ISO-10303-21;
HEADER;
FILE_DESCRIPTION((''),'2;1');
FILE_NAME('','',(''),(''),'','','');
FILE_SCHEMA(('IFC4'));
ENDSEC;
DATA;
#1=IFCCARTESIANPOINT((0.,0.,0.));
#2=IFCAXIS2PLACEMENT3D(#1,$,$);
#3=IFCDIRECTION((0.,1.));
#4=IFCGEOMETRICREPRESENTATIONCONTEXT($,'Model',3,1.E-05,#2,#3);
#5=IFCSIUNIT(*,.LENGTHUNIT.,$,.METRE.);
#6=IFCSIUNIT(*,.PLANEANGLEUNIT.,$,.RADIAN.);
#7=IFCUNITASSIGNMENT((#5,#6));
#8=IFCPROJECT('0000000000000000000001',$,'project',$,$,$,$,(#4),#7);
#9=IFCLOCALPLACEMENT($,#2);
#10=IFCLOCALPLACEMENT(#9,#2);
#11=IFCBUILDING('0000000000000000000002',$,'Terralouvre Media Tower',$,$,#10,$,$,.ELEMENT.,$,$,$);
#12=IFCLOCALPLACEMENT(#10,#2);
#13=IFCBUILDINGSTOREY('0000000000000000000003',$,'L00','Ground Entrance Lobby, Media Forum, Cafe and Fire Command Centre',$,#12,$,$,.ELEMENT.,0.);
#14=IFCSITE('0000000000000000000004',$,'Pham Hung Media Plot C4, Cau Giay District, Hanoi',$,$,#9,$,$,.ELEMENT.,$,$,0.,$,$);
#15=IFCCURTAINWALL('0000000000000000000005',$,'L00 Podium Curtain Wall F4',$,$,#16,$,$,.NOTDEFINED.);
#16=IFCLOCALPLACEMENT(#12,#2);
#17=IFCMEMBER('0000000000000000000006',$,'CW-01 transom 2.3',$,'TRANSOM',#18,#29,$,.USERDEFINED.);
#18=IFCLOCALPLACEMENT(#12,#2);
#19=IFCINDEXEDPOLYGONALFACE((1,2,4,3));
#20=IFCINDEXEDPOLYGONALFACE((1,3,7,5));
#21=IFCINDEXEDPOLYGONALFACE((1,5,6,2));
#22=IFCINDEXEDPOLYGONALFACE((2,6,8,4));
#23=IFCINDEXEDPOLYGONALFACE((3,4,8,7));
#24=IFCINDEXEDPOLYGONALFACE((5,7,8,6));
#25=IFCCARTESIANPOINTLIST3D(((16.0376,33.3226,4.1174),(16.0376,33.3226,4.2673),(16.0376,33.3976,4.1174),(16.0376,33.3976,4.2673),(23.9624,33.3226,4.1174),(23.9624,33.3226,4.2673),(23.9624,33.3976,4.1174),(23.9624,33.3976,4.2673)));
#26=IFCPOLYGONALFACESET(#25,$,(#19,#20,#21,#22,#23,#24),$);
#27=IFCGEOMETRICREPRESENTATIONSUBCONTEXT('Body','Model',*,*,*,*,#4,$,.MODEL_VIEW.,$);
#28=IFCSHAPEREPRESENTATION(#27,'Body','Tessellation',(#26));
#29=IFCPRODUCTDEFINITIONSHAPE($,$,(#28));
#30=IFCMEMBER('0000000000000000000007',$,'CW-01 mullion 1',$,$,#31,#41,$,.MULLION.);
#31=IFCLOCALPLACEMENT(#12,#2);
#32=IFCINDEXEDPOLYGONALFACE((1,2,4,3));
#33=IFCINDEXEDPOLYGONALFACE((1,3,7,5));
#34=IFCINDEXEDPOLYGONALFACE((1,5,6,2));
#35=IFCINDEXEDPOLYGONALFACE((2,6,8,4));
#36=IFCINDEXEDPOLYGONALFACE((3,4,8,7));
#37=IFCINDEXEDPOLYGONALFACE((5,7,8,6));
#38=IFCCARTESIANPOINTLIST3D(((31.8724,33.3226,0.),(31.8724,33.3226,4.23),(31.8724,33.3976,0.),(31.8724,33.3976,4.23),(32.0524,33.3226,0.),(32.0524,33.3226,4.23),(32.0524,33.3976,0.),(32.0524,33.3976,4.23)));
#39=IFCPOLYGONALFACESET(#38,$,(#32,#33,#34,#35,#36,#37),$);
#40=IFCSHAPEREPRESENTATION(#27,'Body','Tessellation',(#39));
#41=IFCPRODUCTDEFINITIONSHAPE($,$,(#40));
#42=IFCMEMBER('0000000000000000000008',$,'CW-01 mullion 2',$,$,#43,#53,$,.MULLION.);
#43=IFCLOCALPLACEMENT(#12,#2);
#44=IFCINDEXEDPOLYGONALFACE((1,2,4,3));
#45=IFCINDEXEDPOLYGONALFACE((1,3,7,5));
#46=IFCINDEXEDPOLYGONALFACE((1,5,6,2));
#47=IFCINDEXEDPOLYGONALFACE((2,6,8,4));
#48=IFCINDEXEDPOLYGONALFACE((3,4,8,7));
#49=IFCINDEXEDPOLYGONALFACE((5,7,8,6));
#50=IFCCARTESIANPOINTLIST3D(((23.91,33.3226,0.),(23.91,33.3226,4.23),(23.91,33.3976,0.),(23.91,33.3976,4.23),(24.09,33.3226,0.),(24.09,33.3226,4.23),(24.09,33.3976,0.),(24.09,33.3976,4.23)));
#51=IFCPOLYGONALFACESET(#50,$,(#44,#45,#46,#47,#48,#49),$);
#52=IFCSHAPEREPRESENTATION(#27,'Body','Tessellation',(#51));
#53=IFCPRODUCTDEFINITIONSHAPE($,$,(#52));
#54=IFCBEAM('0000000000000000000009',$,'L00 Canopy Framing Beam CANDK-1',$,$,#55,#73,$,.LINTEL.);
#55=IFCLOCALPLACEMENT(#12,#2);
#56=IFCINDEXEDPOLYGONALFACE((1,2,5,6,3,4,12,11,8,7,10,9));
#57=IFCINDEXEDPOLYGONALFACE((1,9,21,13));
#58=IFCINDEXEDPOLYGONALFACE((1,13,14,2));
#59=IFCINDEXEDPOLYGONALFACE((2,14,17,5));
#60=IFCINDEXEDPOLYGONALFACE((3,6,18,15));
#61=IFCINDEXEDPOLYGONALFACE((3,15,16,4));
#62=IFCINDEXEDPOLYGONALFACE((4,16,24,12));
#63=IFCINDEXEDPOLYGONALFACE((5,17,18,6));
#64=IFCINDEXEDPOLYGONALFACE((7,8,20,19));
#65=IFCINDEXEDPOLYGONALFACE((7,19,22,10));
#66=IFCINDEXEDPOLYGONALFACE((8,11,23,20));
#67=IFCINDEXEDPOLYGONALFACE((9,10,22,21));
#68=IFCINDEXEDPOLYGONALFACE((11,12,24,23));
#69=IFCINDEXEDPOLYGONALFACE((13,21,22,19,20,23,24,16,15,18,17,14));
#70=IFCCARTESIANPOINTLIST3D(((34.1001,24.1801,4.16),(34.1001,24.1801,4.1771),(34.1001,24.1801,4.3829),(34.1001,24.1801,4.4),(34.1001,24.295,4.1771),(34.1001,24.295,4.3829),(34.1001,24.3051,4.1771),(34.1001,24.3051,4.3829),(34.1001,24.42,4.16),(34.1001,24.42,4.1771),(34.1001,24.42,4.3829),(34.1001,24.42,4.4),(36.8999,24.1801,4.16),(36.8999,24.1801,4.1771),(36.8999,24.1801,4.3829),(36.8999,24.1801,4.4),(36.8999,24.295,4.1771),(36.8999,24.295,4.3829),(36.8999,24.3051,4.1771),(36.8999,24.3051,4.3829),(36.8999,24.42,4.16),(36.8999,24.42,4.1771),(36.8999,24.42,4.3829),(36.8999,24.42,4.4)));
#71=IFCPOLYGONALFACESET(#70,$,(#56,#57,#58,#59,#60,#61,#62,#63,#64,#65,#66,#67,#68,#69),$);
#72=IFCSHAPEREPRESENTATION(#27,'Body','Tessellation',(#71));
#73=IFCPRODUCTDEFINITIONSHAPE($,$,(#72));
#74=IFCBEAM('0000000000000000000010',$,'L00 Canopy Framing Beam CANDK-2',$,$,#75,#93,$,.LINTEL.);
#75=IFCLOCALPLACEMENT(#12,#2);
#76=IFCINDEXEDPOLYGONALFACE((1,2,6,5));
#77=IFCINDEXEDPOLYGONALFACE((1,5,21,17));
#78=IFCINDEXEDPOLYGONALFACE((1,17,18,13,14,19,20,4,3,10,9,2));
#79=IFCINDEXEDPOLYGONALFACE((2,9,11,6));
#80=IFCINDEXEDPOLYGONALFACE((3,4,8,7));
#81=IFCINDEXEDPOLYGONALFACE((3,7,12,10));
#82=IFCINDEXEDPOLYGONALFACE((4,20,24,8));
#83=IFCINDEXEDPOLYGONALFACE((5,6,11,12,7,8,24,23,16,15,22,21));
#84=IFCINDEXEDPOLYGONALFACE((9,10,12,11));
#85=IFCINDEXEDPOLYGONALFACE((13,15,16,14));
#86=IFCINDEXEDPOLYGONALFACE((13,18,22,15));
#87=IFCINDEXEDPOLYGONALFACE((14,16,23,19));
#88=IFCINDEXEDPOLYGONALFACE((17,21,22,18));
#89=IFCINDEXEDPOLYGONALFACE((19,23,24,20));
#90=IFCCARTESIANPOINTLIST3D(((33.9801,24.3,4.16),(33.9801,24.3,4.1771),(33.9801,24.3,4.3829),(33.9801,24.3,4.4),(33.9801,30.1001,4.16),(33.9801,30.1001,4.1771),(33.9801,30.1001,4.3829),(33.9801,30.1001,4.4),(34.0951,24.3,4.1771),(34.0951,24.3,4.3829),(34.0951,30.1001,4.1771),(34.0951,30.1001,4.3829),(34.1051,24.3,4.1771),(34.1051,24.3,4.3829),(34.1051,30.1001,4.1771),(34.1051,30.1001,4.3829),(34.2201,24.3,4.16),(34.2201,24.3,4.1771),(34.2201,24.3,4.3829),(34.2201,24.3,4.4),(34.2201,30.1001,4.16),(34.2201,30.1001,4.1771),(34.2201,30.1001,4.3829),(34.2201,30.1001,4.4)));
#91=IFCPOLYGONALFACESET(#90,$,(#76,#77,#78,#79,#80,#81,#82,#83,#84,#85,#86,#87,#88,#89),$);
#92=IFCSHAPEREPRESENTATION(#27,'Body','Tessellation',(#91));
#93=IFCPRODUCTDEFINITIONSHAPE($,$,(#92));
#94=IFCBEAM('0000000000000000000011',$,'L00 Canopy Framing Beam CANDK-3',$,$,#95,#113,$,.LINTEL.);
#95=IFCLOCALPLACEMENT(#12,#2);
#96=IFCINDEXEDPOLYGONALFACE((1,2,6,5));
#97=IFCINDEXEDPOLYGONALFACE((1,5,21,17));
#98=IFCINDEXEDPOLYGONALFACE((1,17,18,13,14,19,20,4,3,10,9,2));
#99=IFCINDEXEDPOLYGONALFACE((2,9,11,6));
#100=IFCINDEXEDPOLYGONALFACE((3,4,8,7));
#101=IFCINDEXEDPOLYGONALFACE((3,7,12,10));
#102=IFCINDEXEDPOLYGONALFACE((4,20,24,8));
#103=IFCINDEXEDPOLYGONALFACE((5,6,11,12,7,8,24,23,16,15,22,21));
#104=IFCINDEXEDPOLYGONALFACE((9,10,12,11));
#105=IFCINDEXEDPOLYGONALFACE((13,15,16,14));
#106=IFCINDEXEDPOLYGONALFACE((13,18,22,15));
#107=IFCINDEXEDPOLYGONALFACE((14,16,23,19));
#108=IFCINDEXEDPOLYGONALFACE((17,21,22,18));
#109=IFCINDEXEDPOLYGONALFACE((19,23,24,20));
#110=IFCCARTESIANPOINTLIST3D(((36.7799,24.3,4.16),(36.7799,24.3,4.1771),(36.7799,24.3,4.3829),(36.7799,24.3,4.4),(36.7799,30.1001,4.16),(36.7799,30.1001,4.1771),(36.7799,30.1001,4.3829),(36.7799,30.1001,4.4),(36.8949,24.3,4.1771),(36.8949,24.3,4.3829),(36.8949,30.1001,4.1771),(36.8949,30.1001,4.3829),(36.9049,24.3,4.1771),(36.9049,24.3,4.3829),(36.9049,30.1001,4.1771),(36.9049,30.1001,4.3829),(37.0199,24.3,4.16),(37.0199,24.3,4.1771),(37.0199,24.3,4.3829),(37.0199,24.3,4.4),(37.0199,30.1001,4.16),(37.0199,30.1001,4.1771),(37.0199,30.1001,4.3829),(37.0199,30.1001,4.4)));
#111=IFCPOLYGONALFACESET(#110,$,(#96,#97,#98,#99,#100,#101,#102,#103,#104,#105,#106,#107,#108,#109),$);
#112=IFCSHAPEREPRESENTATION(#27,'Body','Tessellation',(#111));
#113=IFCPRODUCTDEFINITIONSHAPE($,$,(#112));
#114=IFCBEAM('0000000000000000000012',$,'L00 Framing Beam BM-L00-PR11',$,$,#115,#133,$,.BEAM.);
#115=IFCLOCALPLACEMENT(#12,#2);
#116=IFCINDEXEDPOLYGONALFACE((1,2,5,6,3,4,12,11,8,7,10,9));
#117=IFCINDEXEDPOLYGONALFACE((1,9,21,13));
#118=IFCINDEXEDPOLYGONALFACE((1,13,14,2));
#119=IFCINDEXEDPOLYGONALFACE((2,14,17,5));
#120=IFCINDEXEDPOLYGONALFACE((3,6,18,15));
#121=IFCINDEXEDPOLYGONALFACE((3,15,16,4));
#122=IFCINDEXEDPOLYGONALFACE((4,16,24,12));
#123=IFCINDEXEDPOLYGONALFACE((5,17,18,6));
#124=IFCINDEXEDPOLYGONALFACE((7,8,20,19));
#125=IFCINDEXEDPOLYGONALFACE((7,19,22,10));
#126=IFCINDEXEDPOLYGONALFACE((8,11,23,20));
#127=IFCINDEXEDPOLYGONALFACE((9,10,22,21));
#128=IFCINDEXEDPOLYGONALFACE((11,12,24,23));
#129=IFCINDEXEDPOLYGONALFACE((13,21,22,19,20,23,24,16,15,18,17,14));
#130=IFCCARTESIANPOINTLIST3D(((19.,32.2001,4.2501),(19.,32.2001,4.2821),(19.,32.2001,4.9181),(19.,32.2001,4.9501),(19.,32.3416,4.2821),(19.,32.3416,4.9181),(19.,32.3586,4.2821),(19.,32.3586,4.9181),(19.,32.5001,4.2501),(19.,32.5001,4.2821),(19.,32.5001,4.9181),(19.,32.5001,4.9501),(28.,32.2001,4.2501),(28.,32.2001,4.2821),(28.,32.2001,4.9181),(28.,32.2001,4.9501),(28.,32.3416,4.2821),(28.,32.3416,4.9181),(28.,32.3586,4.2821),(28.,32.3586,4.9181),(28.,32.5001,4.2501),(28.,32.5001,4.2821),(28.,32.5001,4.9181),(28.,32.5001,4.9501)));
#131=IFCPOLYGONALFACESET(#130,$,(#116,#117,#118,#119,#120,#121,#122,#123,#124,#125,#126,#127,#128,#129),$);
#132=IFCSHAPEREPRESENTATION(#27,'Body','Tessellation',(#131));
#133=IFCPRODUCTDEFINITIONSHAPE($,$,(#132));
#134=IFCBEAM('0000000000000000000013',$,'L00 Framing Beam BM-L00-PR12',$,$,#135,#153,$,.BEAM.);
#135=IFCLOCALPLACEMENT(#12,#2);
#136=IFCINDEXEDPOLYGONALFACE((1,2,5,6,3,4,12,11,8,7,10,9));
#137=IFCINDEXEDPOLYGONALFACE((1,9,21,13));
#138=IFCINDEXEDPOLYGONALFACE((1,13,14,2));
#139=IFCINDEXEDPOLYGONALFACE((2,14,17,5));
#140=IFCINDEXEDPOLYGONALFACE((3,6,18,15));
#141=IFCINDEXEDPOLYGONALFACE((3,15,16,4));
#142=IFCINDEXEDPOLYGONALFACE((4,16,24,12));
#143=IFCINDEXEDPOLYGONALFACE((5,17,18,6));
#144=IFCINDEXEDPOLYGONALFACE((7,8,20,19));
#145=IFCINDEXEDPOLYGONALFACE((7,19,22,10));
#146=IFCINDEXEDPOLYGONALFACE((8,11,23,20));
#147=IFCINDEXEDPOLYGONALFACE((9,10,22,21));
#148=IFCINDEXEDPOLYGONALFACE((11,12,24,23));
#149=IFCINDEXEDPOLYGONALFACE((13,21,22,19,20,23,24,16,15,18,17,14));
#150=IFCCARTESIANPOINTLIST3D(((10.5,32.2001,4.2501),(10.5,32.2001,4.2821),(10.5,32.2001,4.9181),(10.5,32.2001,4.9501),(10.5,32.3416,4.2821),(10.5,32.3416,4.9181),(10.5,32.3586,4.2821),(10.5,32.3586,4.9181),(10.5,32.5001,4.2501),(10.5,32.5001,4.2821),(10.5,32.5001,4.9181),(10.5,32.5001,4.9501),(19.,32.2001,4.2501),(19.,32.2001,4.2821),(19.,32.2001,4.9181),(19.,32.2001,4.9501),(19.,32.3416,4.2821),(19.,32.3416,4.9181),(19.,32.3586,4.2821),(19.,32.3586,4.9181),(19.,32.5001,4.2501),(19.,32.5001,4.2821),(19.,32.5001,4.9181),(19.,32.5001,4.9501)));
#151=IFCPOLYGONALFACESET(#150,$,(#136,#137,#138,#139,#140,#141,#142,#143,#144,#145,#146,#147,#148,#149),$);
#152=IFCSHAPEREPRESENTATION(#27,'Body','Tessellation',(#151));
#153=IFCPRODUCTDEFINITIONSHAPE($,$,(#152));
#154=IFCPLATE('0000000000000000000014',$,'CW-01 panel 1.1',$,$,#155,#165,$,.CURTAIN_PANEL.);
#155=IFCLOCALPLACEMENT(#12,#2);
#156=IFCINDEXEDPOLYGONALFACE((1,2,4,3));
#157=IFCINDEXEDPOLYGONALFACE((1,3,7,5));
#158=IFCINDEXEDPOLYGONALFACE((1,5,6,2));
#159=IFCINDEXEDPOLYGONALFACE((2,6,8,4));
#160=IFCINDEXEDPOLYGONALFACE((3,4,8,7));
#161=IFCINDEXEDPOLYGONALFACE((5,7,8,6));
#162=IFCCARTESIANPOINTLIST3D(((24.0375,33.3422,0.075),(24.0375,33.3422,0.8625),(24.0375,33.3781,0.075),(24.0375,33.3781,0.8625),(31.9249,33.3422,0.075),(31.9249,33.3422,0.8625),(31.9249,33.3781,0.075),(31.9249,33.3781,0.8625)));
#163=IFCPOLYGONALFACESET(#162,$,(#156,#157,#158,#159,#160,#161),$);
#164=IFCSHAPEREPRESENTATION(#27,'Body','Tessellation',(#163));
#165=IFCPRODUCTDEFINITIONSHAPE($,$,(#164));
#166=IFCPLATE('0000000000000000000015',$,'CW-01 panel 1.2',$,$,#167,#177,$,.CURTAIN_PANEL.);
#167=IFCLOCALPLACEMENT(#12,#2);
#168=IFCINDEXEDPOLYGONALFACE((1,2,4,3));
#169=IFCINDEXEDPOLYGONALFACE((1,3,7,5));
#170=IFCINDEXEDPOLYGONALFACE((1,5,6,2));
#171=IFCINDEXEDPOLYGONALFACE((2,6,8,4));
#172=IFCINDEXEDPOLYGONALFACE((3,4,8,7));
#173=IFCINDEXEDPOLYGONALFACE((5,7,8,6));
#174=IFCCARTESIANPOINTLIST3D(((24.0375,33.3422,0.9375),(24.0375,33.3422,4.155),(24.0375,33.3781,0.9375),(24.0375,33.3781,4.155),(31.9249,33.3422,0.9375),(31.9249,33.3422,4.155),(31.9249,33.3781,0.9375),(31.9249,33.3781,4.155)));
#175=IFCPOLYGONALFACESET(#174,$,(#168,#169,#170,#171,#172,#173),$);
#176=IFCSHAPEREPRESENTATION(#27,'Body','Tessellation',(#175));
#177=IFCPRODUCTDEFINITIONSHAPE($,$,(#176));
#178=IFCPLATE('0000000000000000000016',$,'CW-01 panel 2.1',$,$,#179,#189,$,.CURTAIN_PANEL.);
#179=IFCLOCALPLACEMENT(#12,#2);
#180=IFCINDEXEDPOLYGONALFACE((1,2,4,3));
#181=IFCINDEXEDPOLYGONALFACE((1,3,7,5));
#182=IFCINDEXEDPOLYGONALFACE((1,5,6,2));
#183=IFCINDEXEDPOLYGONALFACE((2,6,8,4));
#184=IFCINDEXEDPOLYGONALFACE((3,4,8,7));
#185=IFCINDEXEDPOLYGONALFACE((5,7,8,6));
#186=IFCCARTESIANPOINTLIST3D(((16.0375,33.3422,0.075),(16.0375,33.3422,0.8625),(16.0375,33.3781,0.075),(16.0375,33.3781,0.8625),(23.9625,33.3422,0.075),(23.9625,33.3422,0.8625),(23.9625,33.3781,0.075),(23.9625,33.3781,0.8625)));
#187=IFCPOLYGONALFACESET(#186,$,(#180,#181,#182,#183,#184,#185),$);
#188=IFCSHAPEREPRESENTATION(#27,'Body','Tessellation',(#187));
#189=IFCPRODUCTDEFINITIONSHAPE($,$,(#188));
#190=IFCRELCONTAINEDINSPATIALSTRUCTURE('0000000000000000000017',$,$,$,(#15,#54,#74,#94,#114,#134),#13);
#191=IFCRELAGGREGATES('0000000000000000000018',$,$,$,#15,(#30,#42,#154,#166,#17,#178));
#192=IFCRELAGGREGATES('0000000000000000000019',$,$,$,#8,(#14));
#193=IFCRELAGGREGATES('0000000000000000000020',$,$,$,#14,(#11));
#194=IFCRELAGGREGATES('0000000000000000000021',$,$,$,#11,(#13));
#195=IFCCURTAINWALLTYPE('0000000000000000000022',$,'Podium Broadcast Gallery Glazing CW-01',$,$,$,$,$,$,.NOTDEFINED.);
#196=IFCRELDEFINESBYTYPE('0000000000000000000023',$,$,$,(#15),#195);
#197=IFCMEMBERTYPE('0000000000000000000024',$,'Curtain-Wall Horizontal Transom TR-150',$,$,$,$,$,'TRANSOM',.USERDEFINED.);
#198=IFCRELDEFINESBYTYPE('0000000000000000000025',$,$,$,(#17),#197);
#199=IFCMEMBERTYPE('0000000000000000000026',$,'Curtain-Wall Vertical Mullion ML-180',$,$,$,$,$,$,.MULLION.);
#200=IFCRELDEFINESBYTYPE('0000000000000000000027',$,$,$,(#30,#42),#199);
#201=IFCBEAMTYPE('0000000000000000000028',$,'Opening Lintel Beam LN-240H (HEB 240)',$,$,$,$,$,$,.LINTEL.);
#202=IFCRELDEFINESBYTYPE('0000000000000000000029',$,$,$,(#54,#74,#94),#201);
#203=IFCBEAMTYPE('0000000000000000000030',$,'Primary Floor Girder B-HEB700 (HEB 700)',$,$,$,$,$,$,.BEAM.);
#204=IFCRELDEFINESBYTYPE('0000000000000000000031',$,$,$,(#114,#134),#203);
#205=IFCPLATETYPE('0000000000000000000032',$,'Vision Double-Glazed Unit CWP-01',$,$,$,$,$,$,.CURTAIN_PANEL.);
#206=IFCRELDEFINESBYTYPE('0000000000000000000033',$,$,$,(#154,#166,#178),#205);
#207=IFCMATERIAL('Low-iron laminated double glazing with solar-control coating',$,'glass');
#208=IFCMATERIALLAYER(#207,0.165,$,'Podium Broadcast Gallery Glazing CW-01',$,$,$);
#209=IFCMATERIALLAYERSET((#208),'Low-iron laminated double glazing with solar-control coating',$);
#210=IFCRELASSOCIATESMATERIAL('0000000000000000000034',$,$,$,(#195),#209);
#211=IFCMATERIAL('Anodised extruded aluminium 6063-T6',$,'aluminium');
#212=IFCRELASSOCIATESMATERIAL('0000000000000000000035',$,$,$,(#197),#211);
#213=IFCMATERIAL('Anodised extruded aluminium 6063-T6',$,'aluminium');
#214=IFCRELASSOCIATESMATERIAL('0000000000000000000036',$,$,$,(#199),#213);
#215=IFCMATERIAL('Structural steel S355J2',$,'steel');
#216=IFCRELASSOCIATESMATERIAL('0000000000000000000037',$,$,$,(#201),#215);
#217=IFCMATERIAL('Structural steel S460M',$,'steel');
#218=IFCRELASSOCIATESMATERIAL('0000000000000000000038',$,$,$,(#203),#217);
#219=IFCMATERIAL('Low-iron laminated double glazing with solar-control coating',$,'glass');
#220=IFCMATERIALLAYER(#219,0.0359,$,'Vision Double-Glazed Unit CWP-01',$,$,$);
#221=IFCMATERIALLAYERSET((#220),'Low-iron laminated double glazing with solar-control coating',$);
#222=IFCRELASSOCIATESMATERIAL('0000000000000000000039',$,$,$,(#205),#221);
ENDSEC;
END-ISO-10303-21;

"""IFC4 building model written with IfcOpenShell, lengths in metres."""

from ifc_helpers import new_model, si_unit, direction, frame, origin, origin_2d, place, context, subcontext, project, spatial, rectangle, i_section, extrude, material, layer, layer_set, material_profile, profile_set, type_object, element, aggregate, save


model = new_model("IFC4")

# Units and contexts
model_context = context("Model", 3, precision=1e-05, world=origin(), true_north=direction((0.0, 1.0)))
body_context = subcontext(model_context, "Body", "Model", "MODEL_VIEW")
ifc_project = project(units=[si_unit("LENGTHUNIT", "METRE"), si_unit("PLANEANGLEUNIT", "RADIAN")], contexts=[model_context])

# Site, building, storey
site_placement = place(None, origin())
site = spatial("IfcSite", under=ifc_project, at=site_placement, Name="Pham Hung Media Plot C4, Cau Giay District, Hanoi", CompositionType="ELEMENT", RefElevation=0.0)
building_placement = place(site_placement, origin())
building = spatial("IfcBuilding", under=site, at=building_placement, Name="Terralouvre Media Tower", CompositionType="ELEMENT")
storey_placement = place(building_placement, origin())
storey = spatial("IfcBuildingStorey", under=building, at=storey_placement, Name="L00", Description="Ground Entrance Lobby, Media Forum, Cafe and Fire Command Centre", CompositionType="ELEMENT", Elevation=0.0)

# Curtain wall, members
ifc_material_1 = material(Name="Low-iron laminated double glazing with solar-control coating", Category="glass")
ifc_layer_1 = layer(ifc_material_1, 0.165, Name="Podium Broadcast Gallery Glazing CW-01")
ifc_layer_set_1 = layer_set([ifc_layer_1], Name="Low-iron laminated double glazing with solar-control coating")
curtain_wall_type = type_object("IfcCurtainWallType", Name="Podium Broadcast Gallery Glazing CW-01", PredefinedType="NOTDEFINED", material=ifc_layer_set_1)
curtain_wall_placement = place(storey_placement, origin())
curtain_wall = element("IfcCurtainWall", 1, at=curtain_wall_placement, inside=storey, type_object=curtain_wall_type, Name="L00 Podium Curtain Wall F4", PredefinedType="NOTDEFINED")
ifc_material_2 = material(Name="Anodised extruded aluminium 6063-T6", Category="aluminium")
ifc_material_profile_1 = material_profile(ifc_material_2, rectangle(XDim=0.075, YDim=0.1499, at=origin_2d()), Name="ALU 75x150")
ifc_profile_set_1 = profile_set([ifc_material_profile_1], Name="Anodised extruded aluminium 6063-T6")
member_type_1 = type_object("IfcMemberType", Name="Curtain-Wall Horizontal Transom TR-150", ElementType="TRANSOM", PredefinedType="USERDEFINED", material=ifc_profile_set_1)
member_1_placement = place(storey_placement, frame((23.9624, 33.3601, 4.1924), z_axis=(-1.0, 0.0, 0.0), x_axis=(0.0, -1.0, 0.0)))
member_1 = element("IfcMember", 2, at=member_1_placement, type_object=member_type_1, Name="CW-01 transom 2.3", ObjectType="TRANSOM", PredefinedType="USERDEFINED", context=body_context, shape_type="SweptSolid", body=[
    extrude(rectangle(XDim=0.075, YDim=0.1499, at=origin_2d()), origin(), (0.0, 0.0, 1.0), 7.9248),
])
ifc_material_3 = material(Name="Anodised extruded aluminium 6063-T6", Category="aluminium")
ifc_material_profile_2 = material_profile(ifc_material_3, rectangle(XDim=0.075, YDim=0.1799, at=origin_2d()), Name="ALU 75x180")
ifc_profile_set_2 = profile_set([ifc_material_profile_2], Name="Anodised extruded aluminium 6063-T6")
member_type_2 = type_object("IfcMemberType", Name="Curtain-Wall Vertical Mullion ML-180", PredefinedType="MULLION", material=ifc_profile_set_2)
member_2_placement = place(storey_placement, frame((31.9624, 33.3601, 0.0), z_axis=(0.0, 0.0, 1.0), x_axis=(0.0, -1.0, 0.0)))
member_2 = element("IfcMember", 3, at=member_2_placement, type_object=member_type_2, Name="CW-01 mullion 1", PredefinedType="MULLION", context=body_context, shape_type="SweptSolid", body=[
    extrude(rectangle(XDim=0.075, YDim=0.1799, at=origin_2d()), origin(), (0.0, 0.0, 1.0), 4.23),
])
member_3_placement = place(storey_placement, frame((24.0, 33.3601, 0.0), z_axis=(0.0, 0.0, 1.0), x_axis=(0.0, -1.0, 0.0)))
member_3 = element("IfcMember", 4, at=member_3_placement, type_object=member_type_2, Name="CW-01 mullion 2", PredefinedType="MULLION", context=body_context, shape_type="SweptSolid", body=[
    extrude(rectangle(XDim=0.075, YDim=0.1799, at=origin_2d()), origin(), (0.0, 0.0, 1.0), 4.23),
])

# Beams
ifc_material_4 = material(Name="Structural steel S355J2", Category="steel")
ifc_material_profile_3 = material_profile(ifc_material_4, i_section(OverallWidth=0.24, OverallDepth=0.24, WebThickness=0.01, FlangeThickness=0.0171, at=origin_2d()), Name="HEB 240")
ifc_profile_set_3 = profile_set([ifc_material_profile_3], Name="Structural steel S355J2")
beam_type_1 = type_object("IfcBeamType", Name="Opening Lintel Beam LN-240H (HEB 240)", PredefinedType="LINTEL", material=ifc_profile_set_3)
beam_1_placement = place(storey_placement, frame((34.1001, 24.3, 4.28), z_axis=(1.0, 0.0, 0.0), x_axis=(0.0, 1.0, 0.0)))
element("IfcBeam", 5, at=beam_1_placement, inside=storey, type_object=beam_type_1, Name="L00 Canopy Framing Beam CANDK-1", PredefinedType="LINTEL", context=body_context, shape_type="SweptSolid", body=[
    extrude(i_section(OverallWidth=0.24, OverallDepth=0.24, WebThickness=0.01, FlangeThickness=0.0171, at=origin_2d()), origin(), (0.0, 0.0, 1.0), 2.7998),
])
for number, where, z_axis, x_axis, name in (
    (6, (34.1001, 24.3, 4.28), (0.0, 1.0, 0.0), (-1.0, 0.0, 0.0), "L00 Canopy Framing Beam CANDK-2"),
    (7, (36.8999, 24.3, 4.28), (0.0, 1.0, 0.0), (-1.0, 0.0, 0.0), "L00 Canopy Framing Beam CANDK-3"),
):
    element("IfcBeam", number, at=place(storey_placement, frame(where, z_axis=z_axis, x_axis=x_axis)), inside=storey, type_object=beam_type_1, Name=name, PredefinedType="LINTEL", context=body_context, shape_type="SweptSolid", body=[
        extrude(i_section(OverallWidth=0.24, OverallDepth=0.24, WebThickness=0.01, FlangeThickness=0.0171, at=origin_2d()), origin(), (0.0, 0.0, 1.0), 5.8),
    ])
ifc_material_5 = material(Name="Structural steel S460M", Category="steel")
ifc_material_profile_4 = material_profile(ifc_material_5, i_section(OverallWidth=0.3, OverallDepth=0.7, WebThickness=0.0171, FlangeThickness=0.032, at=origin_2d()), Name="HEB 700")
ifc_profile_set_4 = profile_set([ifc_material_profile_4], Name="Structural steel S460M")
beam_type_2 = type_object("IfcBeamType", Name="Primary Floor Girder B-HEB700 (HEB 700)", PredefinedType="BEAM", material=ifc_profile_set_4)
beam_2_placement = place(storey_placement, frame((28.0, 32.3501, 4.6001), z_axis=(-1.0, 0.0, 0.0), x_axis=(0.0, -1.0, 0.0)))
element("IfcBeam", 8, at=beam_2_placement, inside=storey, type_object=beam_type_2, Name="L00 Framing Beam BM-L00-PR11", PredefinedType="BEAM", context=body_context, shape_type="SweptSolid", body=[
    extrude(i_section(OverallWidth=0.3, OverallDepth=0.7, WebThickness=0.0171, FlangeThickness=0.032, at=origin_2d()), origin(), (0.0, 0.0, 1.0), 9.0),
])
beam_3_placement = place(storey_placement, frame((19.0, 32.3501, 4.6001), z_axis=(-1.0, 0.0, 0.0), x_axis=(0.0, -1.0, 0.0)))
element("IfcBeam", 9, at=beam_3_placement, inside=storey, type_object=beam_type_2, Name="L00 Framing Beam BM-L00-PR12", PredefinedType="BEAM", context=body_context, shape_type="SweptSolid", body=[
    extrude(i_section(OverallWidth=0.3, OverallDepth=0.7, WebThickness=0.0171, FlangeThickness=0.032, at=origin_2d()), origin(), (0.0, 0.0, 1.0), 8.5),
])

# Plates
ifc_material_6 = material(Name="Low-iron laminated double glazing with solar-control coating", Category="glass")
ifc_layer_2 = layer(ifc_material_6, 0.0359, Name="Vision Double-Glazed Unit CWP-01")
ifc_layer_set_2 = layer_set([ifc_layer_2], Name="Low-iron laminated double glazing with solar-control coating")
plate_type = type_object("IfcPlateType", Name="Vision Double-Glazed Unit CWP-01", PredefinedType="CURTAIN_PANEL", material=ifc_layer_set_2)
plate_1_placement = place(storey_placement, frame((27.9812, 33.3601, 0.075), z_axis=(0.0, 0.0, 1.0), x_axis=(-1.0, 0.0, 0.0)))
plate_1 = element("IfcPlate", 10, at=plate_1_placement, type_object=plate_type, Name="CW-01 panel 1.1", PredefinedType="CURTAIN_PANEL", context=body_context, shape_type="SweptSolid", body=[
    extrude(rectangle(XDim=7.8875, YDim=0.0359, at=origin_2d()), origin(), (0.0, 0.0, 1.0), 0.7876),
])
plate_2_placement = place(storey_placement, frame((27.9812, 33.3601, 0.9375), z_axis=(0.0, 0.0, 1.0), x_axis=(-1.0, 0.0, 0.0)))
plate_2 = element("IfcPlate", 11, at=plate_2_placement, type_object=plate_type, Name="CW-01 panel 1.2", PredefinedType="CURTAIN_PANEL", context=body_context, shape_type="SweptSolid", body=[
    extrude(rectangle(XDim=7.8875, YDim=0.0359, at=origin_2d()), origin(), (0.0, 0.0, 1.0), 3.2175),
])
plate_3_placement = place(storey_placement, frame((20.0, 33.3601, 0.075), z_axis=(0.0, 0.0, 1.0), x_axis=(-1.0, 0.0, 0.0)))
plate_3 = element("IfcPlate", 12, at=plate_3_placement, type_object=plate_type, Name="CW-01 panel 2.1", PredefinedType="CURTAIN_PANEL", context=body_context, shape_type="SweptSolid", body=[
    extrude(rectangle(XDim=7.925, YDim=0.0359, at=origin_2d()), origin(), (0.0, 0.0, 1.0), 0.7876),
])
aggregate(curtain_wall, [member_2, member_3, plate_1, plate_2, member_1, plate_3])

save(model, "model.ifc")
